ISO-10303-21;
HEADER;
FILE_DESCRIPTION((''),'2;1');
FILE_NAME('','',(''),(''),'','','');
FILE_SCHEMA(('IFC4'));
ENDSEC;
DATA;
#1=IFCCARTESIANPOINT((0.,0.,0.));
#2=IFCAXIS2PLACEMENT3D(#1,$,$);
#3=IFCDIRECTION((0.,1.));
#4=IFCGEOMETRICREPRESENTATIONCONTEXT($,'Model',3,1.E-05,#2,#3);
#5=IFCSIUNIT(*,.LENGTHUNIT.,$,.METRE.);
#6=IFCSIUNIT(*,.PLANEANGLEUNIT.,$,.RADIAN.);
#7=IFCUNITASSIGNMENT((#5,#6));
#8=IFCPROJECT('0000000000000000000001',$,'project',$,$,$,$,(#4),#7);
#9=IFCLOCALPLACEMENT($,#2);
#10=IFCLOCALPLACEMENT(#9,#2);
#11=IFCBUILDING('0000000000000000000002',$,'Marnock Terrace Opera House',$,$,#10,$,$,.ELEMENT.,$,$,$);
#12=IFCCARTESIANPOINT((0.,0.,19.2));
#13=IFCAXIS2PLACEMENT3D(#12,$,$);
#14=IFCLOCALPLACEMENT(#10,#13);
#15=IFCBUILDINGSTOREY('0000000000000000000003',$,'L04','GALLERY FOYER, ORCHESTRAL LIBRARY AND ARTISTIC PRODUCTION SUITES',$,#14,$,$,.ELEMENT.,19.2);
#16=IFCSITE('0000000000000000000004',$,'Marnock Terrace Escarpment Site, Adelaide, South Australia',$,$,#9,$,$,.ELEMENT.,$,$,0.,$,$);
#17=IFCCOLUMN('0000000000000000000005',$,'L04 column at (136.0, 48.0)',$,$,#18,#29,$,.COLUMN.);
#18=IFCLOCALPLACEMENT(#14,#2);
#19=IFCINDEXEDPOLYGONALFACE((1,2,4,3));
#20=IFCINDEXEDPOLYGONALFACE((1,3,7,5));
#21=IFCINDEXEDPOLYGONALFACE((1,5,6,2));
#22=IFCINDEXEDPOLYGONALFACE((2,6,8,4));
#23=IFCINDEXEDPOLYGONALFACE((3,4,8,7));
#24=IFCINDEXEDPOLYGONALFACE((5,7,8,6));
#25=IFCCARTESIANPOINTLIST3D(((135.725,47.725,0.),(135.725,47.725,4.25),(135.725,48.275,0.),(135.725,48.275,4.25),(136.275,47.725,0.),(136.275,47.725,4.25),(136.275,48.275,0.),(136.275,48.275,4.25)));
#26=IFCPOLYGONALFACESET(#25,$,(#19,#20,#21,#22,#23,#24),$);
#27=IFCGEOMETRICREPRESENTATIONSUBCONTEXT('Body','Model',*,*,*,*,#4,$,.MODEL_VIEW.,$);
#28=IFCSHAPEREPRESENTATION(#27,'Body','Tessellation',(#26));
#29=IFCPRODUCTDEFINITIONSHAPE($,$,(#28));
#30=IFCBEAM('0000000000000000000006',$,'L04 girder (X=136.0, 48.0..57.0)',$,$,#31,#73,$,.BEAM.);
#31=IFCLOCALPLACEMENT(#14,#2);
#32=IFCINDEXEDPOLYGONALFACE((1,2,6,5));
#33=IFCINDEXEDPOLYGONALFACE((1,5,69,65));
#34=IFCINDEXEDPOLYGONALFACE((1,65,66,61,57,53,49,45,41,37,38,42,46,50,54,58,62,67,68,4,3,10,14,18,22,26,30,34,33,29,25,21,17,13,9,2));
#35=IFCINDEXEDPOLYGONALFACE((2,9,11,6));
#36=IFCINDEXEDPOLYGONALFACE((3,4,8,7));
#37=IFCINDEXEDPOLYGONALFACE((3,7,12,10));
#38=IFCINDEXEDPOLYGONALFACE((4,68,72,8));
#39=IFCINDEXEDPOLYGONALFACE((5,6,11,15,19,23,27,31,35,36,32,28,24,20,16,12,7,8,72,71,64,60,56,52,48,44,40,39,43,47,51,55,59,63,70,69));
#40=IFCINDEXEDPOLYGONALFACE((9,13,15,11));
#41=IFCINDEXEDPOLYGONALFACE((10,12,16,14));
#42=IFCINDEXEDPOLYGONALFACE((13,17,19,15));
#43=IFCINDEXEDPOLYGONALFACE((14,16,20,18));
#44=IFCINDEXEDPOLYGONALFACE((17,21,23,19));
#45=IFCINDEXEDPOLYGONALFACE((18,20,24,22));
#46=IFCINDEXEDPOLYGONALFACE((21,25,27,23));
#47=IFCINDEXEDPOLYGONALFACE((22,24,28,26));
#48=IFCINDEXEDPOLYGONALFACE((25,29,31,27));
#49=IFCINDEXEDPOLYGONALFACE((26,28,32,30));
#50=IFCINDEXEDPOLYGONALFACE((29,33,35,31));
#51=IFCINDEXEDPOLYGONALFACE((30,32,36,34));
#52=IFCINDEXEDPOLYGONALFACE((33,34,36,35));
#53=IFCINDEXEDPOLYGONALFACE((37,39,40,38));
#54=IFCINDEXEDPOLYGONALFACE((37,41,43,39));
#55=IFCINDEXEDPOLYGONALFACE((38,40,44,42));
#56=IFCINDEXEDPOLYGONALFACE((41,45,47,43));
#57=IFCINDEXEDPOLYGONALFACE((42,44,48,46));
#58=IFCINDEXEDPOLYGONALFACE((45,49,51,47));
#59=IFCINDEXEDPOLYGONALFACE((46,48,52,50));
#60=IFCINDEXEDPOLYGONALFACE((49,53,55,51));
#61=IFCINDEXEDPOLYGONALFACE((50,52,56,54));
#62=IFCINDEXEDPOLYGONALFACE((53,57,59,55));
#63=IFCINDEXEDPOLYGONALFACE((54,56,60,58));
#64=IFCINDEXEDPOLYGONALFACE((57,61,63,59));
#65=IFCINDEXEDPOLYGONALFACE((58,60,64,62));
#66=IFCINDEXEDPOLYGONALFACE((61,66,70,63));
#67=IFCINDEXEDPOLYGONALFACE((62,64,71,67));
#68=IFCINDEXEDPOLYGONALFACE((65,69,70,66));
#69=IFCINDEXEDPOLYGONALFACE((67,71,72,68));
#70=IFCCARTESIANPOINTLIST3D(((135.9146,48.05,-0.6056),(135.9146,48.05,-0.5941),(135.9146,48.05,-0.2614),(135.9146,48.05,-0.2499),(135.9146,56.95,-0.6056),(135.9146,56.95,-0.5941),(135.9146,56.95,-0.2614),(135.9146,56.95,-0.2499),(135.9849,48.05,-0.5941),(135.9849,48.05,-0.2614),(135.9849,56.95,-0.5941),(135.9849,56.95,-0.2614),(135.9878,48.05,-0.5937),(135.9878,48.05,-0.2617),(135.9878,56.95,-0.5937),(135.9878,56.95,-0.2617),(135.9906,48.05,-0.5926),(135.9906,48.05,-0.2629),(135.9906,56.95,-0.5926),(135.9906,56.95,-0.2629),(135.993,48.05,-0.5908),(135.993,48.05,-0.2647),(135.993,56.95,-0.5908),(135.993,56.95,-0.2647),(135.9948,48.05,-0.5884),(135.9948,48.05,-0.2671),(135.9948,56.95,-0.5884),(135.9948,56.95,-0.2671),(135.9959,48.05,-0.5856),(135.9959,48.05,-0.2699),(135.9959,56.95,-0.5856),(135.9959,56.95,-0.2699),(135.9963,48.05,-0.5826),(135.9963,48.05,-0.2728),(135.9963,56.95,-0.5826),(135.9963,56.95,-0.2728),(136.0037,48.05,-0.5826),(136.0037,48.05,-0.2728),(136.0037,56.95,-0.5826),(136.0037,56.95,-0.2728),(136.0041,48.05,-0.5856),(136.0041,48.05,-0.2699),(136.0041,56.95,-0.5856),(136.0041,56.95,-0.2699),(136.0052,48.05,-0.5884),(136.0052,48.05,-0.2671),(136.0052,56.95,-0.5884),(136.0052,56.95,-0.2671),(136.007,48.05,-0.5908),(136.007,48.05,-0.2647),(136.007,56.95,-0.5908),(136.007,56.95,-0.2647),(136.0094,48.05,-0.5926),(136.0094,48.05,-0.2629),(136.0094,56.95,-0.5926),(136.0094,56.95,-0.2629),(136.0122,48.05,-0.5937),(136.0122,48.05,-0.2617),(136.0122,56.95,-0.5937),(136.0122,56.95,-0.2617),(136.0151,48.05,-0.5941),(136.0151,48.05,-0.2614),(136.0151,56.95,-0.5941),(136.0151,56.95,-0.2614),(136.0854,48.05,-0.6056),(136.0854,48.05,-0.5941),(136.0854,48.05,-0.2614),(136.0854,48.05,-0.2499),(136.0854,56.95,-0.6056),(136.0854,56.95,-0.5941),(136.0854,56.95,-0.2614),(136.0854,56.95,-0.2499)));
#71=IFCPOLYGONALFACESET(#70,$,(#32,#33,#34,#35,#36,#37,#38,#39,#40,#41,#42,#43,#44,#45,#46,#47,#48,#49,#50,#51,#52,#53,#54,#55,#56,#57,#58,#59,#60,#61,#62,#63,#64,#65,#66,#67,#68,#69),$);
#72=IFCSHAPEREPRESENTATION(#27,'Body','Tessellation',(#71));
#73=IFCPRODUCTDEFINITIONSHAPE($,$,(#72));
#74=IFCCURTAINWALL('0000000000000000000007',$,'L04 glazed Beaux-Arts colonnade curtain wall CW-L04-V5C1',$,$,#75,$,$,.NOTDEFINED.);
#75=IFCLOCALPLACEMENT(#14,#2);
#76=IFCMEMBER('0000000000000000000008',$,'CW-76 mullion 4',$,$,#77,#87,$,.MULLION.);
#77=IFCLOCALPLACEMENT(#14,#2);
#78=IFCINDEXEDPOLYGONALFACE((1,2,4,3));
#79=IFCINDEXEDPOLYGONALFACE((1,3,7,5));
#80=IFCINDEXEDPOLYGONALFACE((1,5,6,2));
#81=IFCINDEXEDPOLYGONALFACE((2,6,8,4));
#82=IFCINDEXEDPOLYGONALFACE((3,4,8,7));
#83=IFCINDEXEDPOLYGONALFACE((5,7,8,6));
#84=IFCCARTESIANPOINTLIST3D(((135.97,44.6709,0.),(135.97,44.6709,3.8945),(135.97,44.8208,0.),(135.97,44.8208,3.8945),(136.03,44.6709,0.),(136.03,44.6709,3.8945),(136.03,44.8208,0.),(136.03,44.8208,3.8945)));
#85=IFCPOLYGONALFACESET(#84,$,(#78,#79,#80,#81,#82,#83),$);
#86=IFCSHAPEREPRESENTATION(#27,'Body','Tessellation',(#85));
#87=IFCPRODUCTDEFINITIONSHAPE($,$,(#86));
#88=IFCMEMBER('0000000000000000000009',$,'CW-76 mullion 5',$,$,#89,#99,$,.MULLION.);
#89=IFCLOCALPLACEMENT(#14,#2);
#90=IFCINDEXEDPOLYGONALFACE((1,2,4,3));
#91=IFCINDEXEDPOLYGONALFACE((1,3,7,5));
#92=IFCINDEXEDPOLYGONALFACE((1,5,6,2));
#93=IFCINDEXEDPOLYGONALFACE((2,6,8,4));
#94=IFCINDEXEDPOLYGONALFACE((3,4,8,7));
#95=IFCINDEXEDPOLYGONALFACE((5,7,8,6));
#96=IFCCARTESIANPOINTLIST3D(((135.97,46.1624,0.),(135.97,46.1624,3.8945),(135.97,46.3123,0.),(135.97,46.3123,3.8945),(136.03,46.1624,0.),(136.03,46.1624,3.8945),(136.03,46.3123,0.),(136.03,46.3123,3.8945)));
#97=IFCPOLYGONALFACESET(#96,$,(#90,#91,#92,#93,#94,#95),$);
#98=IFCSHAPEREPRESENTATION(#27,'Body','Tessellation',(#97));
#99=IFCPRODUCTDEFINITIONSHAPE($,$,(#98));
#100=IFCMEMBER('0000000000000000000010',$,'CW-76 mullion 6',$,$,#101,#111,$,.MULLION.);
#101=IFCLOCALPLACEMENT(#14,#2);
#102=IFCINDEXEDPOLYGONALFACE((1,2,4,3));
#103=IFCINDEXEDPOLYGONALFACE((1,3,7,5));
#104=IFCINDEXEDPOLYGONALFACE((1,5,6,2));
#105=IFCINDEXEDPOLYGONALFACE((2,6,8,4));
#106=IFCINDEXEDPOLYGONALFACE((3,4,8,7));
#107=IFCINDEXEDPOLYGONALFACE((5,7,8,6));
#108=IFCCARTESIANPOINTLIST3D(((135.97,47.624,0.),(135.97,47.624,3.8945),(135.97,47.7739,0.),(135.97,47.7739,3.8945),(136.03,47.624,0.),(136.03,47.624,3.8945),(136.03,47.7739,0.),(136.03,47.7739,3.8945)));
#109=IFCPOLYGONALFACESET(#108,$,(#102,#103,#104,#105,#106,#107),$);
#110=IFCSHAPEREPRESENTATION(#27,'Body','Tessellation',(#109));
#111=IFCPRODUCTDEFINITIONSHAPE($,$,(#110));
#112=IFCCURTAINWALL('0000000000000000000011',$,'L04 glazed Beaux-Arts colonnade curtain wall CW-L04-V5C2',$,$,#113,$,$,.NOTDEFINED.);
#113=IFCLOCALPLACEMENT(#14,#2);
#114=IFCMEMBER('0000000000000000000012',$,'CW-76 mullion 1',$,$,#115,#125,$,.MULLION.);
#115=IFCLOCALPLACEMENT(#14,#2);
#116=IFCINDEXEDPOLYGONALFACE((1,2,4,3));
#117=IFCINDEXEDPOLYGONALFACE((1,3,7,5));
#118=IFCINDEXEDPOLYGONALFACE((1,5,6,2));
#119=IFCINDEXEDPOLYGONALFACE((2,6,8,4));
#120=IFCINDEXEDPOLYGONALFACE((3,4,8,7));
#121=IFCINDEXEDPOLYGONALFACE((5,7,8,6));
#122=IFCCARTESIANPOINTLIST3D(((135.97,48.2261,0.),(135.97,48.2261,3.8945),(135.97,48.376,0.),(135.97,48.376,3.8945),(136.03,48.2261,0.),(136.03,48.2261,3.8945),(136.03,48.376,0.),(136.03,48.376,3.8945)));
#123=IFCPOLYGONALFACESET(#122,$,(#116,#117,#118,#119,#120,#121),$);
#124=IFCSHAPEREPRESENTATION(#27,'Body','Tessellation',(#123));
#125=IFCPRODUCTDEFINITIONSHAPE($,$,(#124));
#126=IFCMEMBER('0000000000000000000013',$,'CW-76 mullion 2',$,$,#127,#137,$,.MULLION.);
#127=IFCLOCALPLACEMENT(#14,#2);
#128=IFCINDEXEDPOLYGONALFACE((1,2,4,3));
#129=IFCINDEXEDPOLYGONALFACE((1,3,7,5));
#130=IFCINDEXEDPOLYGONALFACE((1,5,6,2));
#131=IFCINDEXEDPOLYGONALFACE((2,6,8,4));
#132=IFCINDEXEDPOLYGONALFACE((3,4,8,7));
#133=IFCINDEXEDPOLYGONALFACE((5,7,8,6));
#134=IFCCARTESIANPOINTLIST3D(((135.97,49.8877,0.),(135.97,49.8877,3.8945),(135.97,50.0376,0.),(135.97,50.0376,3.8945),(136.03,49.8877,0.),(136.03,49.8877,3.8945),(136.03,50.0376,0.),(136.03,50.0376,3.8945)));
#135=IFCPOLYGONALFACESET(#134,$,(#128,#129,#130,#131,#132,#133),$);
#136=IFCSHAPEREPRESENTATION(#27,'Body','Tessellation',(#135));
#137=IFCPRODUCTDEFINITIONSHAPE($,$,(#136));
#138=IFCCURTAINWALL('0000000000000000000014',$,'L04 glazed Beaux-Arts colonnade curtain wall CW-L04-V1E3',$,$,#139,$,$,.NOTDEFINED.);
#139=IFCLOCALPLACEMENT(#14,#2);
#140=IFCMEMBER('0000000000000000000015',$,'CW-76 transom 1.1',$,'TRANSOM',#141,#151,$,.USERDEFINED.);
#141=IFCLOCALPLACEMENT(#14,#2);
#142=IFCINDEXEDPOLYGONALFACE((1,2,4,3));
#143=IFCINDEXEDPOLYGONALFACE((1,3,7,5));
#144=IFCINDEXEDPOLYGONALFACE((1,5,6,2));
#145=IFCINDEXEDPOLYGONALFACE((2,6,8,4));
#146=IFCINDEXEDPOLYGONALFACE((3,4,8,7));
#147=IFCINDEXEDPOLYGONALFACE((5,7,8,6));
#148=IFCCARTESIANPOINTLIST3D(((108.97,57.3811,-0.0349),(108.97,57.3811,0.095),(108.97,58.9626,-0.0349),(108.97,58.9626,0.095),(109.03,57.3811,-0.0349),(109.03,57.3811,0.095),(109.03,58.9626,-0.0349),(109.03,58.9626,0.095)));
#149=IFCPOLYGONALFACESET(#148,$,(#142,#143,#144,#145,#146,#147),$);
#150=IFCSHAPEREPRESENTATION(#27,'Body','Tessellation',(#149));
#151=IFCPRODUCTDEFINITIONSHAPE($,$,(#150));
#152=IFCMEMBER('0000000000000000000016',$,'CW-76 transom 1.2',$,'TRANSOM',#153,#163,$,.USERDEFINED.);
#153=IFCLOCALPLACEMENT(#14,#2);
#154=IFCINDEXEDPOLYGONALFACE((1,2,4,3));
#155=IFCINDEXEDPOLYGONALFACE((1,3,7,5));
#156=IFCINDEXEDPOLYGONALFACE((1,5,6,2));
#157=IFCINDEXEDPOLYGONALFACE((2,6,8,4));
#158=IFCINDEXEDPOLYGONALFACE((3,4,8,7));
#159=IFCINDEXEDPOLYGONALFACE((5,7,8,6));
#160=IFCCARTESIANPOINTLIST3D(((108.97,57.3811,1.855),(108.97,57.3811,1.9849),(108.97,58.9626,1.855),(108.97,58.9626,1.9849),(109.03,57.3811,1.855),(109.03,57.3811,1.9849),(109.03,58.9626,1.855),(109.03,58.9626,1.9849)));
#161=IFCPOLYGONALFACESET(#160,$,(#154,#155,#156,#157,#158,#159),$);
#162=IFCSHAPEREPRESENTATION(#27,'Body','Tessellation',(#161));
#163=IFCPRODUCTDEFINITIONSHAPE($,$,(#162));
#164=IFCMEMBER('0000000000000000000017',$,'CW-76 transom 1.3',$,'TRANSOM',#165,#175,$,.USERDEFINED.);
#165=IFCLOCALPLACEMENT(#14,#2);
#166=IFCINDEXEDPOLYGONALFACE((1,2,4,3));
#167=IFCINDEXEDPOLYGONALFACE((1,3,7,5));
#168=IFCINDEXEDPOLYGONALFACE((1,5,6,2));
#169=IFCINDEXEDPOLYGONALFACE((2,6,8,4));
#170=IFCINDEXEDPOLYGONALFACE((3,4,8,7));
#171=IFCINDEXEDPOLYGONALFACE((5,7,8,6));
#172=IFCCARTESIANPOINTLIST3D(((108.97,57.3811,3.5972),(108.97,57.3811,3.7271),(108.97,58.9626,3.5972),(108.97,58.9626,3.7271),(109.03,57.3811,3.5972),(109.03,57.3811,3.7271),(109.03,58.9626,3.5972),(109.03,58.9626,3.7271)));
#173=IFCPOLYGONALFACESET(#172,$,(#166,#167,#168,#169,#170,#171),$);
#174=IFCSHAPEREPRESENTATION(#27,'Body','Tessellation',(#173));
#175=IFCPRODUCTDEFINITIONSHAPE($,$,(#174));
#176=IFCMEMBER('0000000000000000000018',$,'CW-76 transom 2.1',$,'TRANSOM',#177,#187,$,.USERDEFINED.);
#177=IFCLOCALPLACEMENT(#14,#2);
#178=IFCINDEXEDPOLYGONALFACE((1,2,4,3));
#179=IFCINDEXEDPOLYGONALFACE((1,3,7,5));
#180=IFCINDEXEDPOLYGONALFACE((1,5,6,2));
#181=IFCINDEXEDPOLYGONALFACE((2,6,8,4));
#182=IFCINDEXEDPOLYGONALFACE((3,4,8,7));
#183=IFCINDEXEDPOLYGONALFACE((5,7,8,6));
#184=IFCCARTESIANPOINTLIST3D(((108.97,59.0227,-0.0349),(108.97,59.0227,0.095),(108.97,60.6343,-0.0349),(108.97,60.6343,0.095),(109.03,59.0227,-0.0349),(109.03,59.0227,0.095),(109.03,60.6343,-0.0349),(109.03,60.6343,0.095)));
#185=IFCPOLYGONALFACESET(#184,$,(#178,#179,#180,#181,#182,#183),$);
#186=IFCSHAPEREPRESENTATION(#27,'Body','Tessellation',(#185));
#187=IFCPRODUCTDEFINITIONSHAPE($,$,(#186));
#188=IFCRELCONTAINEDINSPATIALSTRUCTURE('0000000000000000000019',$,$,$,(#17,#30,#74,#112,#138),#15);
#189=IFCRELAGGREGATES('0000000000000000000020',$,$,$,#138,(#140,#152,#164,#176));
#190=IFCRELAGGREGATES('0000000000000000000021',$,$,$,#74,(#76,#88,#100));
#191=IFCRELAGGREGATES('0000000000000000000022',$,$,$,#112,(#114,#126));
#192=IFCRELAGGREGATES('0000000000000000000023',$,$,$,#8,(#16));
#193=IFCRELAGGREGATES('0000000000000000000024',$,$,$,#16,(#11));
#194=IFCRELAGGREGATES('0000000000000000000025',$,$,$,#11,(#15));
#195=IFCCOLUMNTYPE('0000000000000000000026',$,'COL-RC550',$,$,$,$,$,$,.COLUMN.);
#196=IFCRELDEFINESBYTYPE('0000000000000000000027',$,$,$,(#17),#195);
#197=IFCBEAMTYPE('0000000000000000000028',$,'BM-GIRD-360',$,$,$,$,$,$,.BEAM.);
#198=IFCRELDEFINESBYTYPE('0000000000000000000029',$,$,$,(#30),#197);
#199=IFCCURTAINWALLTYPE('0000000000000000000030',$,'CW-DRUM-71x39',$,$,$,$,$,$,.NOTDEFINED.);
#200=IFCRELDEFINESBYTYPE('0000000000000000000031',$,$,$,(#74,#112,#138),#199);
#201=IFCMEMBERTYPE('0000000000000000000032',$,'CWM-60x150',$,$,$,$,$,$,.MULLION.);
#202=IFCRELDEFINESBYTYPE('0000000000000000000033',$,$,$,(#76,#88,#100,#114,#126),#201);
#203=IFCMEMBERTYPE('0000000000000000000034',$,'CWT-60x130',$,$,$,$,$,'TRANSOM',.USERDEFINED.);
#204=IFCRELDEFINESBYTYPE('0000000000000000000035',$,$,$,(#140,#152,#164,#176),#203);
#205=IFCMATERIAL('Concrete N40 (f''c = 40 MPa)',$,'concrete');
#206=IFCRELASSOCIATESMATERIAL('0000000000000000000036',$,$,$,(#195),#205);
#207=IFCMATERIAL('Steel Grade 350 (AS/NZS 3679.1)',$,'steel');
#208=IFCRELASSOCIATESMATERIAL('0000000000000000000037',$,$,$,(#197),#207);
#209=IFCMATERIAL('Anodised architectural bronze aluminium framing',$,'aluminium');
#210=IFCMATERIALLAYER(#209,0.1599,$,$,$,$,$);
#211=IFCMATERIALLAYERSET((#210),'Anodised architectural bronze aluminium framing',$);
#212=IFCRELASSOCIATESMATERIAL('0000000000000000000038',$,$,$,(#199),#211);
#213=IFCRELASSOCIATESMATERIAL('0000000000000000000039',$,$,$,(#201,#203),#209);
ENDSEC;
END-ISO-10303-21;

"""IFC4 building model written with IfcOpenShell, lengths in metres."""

from ifc_helpers import new_model, si_unit, direction, frame, origin, origin_2d, place, context, subcontext, project, spatial, rectangle, i_section, extrude, material, layer, layer_set, material_profile, profile_set, type_object, element, aggregate, save


model = new_model("IFC4")

# Units and contexts
model_context = context("Model", 3, precision=1e-05, world=origin(), true_north=direction((0.0, 1.0)))
body_context = subcontext(model_context, "Body", "Model", "MODEL_VIEW")
ifc_project = project(units=[si_unit("LENGTHUNIT", "METRE"), si_unit("PLANEANGLEUNIT", "RADIAN")], contexts=[model_context])

# Site, building, storey
site_placement = place(None, origin())
site = spatial("IfcSite", under=ifc_project, at=site_placement, Name="Marnock Terrace Escarpment Site, Adelaide, South Australia", CompositionType="ELEMENT", RefElevation=0.0)
building_placement = place(site_placement, origin())
building = spatial("IfcBuilding", under=site, at=building_placement, Name="Marnock Terrace Opera House", CompositionType="ELEMENT")
storey_placement = place(building_placement, frame((0.0, 0.0, 19.2)))
storey = spatial("IfcBuildingStorey", under=building, at=storey_placement, Name="L04", Description="GALLERY FOYER, ORCHESTRAL LIBRARY AND ARTISTIC PRODUCTION SUITES", CompositionType="ELEMENT", Elevation=19.2)

# Column
ifc_material_1 = material(Name="Concrete N40 (f'c = 40 MPa)", Category="concrete")
ifc_material_profile_1 = material_profile(ifc_material_1, rectangle(XDim=0.55, YDim=0.55, at=origin_2d()))
ifc_profile_set_1 = profile_set([ifc_material_profile_1], Name="Concrete N40 (f'c = 40 MPa)")
column_type = type_object("IfcColumnType", Name="COL-RC550", PredefinedType="COLUMN", material=ifc_profile_set_1)
column_placement = place(storey_placement, frame((136.0, 48.0, 0.0), z_axis=(0.0, 0.0, 1.0), x_axis=(1.0, 0.0, 0.0)))
element("IfcColumn", 1, at=column_placement, inside=storey, type_object=column_type, Name="L04 column at (136.0, 48.0)", PredefinedType="COLUMN", context=body_context, shape_type="SweptSolid", body=[
    extrude(rectangle(XDim=0.55, YDim=0.55, at=origin_2d()), origin(), (0.0, 0.0, 1.0), 4.25),
])

# Beam
ifc_material_2 = material(Name="Steel Grade 350 (AS/NZS 3679.1)", Category="steel")
ifc_material_profile_2 = material_profile(ifc_material_2, i_section(OverallWidth=0.1709, OverallDepth=0.3557, WebThickness=0.0073, FlangeThickness=0.0115, FilletRadius=0.0115, at=origin_2d()))
ifc_profile_set_2 = profile_set([ifc_material_profile_2], Name="Steel Grade 350 (AS/NZS 3679.1)")
beam_type = type_object("IfcBeamType", Name="BM-GIRD-360", PredefinedType="BEAM", material=ifc_profile_set_2)
beam_placement = place(storey_placement, frame((136.0, 48.05, -0.4277), z_axis=(0.0, 1.0, 0.0), x_axis=(-1.0, 0.0, 0.0)))
element("IfcBeam", 2, at=beam_placement, inside=storey, type_object=beam_type, Name="L04 girder (X=136.0, 48.0..57.0)", PredefinedType="BEAM", context=body_context, shape_type="SweptSolid", body=[
    extrude(i_section(OverallWidth=0.1709, OverallDepth=0.3557, WebThickness=0.0073, FlangeThickness=0.0115, FilletRadius=0.0115, at=origin_2d()), origin(), (0.0, 0.0, 1.0), 8.8999),
])

# Curtain walls, members
ifc_material_3 = material(Name="Anodised architectural bronze aluminium framing", Category="aluminium")
ifc_layer_1 = layer(ifc_material_3, 0.1599)
ifc_layer_set_1 = layer_set([ifc_layer_1], Name="Anodised architectural bronze aluminium framing")
curtain_wall_type = type_object("IfcCurtainWallType", Name="CW-DRUM-71x39", PredefinedType="NOTDEFINED", material=ifc_layer_set_1)
curtain_wall_1_placement = place(storey_placement, origin())
curtain_wall_1 = element("IfcCurtainWall", 3, at=curtain_wall_1_placement, inside=storey, type_object=curtain_wall_type, Name="L04 glazed Beaux-Arts colonnade curtain wall CW-L04-V5C1", PredefinedType="NOTDEFINED")
ifc_material_profile_3 = material_profile(ifc_material_3, rectangle(XDim=0.0601, YDim=0.1499, at=origin_2d()))
ifc_profile_set_3 = profile_set([ifc_material_profile_3], Name="Anodised architectural bronze aluminium framing")
member_type_1 = type_object("IfcMemberType", Name="CWM-60x150", PredefinedType="MULLION", material=ifc_profile_set_3)
member_1_placement = place(storey_placement, frame((136.0, 44.7458, 0.0), z_axis=(0.0, 0.0, 1.0), x_axis=(-1.0, 0.0, 0.0)))
member_1 = element("IfcMember", 4, at=member_1_placement, type_object=member_type_1, Name="CW-76 mullion 4", PredefinedType="MULLION", context=body_context, shape_type="SweptSolid", body=[
    extrude(rectangle(XDim=0.0601, YDim=0.1499, at=origin_2d()), origin(), (0.0, 0.0, 1.0), 3.8945),
])
member_2_placement = place(storey_placement, frame((136.0, 46.2373, 0.0), z_axis=(0.0, 0.0, 1.0), x_axis=(-1.0, 0.0, 0.0)))
member_2 = element("IfcMember", 5, at=member_2_placement, type_object=member_type_1, Name="CW-76 mullion 5", PredefinedType="MULLION", context=body_context, shape_type="SweptSolid", body=[
    extrude(rectangle(XDim=0.0601, YDim=0.1499, at=origin_2d()), origin(), (0.0, 0.0, 1.0), 3.8945),
])
member_3_placement = place(storey_placement, frame((136.0, 47.699, 0.0), z_axis=(0.0, 0.0, 1.0), x_axis=(-1.0, 0.0, 0.0)))
member_3 = element("IfcMember", 6, at=member_3_placement, type_object=member_type_1, Name="CW-76 mullion 6", PredefinedType="MULLION", context=body_context, shape_type="SweptSolid", body=[
    extrude(rectangle(XDim=0.0601, YDim=0.1499, at=origin_2d()), origin(), (0.0, 0.0, 1.0), 3.8945),
])
curtain_wall_2_placement = place(storey_placement, origin())
curtain_wall_2 = element("IfcCurtainWall", 7, at=curtain_wall_2_placement, inside=storey, type_object=curtain_wall_type, Name="L04 glazed Beaux-Arts colonnade curtain wall CW-L04-V5C2", PredefinedType="NOTDEFINED")
member_4_placement = place(storey_placement, frame((136.0, 48.301, 0.0), z_axis=(0.0, 0.0, 1.0), x_axis=(-1.0, 0.0, 0.0)))
member_4 = element("IfcMember", 8, at=member_4_placement, type_object=member_type_1, Name="CW-76 mullion 1", PredefinedType="MULLION", context=body_context, shape_type="SweptSolid", body=[
    extrude(rectangle(XDim=0.0601, YDim=0.1499, at=origin_2d()), origin(), (0.0, 0.0, 1.0), 3.8945),
])
member_5_placement = place(storey_placement, frame((136.0, 49.9626, 0.0), z_axis=(0.0, 0.0, 1.0), x_axis=(-1.0, 0.0, 0.0)))
member_5 = element("IfcMember", 9, at=member_5_placement, type_object=member_type_1, Name="CW-76 mullion 2", PredefinedType="MULLION", context=body_context, shape_type="SweptSolid", body=[
    extrude(rectangle(XDim=0.0601, YDim=0.1499, at=origin_2d()), origin(), (0.0, 0.0, 1.0), 3.8945),
])
curtain_wall_3_placement = place(storey_placement, origin())
curtain_wall_3 = element("IfcCurtainWall", 10, at=curtain_wall_3_placement, inside=storey, type_object=curtain_wall_type, Name="L04 glazed Beaux-Arts colonnade curtain wall CW-L04-V1E3", PredefinedType="NOTDEFINED")
ifc_material_profile_4 = material_profile(ifc_material_3, rectangle(XDim=0.0601, YDim=0.1299, at=origin_2d()))
ifc_profile_set_4 = profile_set([ifc_material_profile_4], Name="Anodised architectural bronze aluminium framing")
member_type_2 = type_object("IfcMemberType", Name="CWT-60x130", ElementType="TRANSOM", PredefinedType="USERDEFINED", material=ifc_profile_set_4)
member_6_placement = place(storey_placement, frame((109.0, 57.3811, 0.03), z_axis=(0.0, 1.0, 0.0), x_axis=(-1.0, 0.0, 0.0)))
member_6 = element("IfcMember", 11, at=member_6_placement, type_object=member_type_2, Name="CW-76 transom 1.1", ObjectType="TRANSOM", PredefinedType="USERDEFINED", context=body_context, shape_type="SweptSolid", body=[
    extrude(rectangle(XDim=0.0601, YDim=0.1299, at=origin_2d()), origin(), (0.0, 0.0, 1.0), 1.5815),
])
member_7_placement = place(storey_placement, frame((109.0, 57.3811, 1.9199), z_axis=(0.0, 1.0, 0.0), x_axis=(-1.0, 0.0, 0.0)))
member_7 = element("IfcMember", 12, at=member_7_placement, type_object=member_type_2, Name="CW-76 transom 1.2", ObjectType="TRANSOM", PredefinedType="USERDEFINED", context=body_context, shape_type="SweptSolid", body=[
    extrude(rectangle(XDim=0.0601, YDim=0.1299, at=origin_2d()), origin(), (0.0, 0.0, 1.0), 1.5815),
])
member_8_placement = place(storey_placement, frame((109.0, 57.3811, 3.6621), z_axis=(0.0, 1.0, 0.0), x_axis=(-1.0, 0.0, 0.0)))
member_8 = element("IfcMember", 13, at=member_8_placement, type_object=member_type_2, Name="CW-76 transom 1.3", ObjectType="TRANSOM", PredefinedType="USERDEFINED", context=body_context, shape_type="SweptSolid", body=[
    extrude(rectangle(XDim=0.0601, YDim=0.1299, at=origin_2d()), origin(), (0.0, 0.0, 1.0), 1.5815),
])
member_9_placement = place(storey_placement, frame((109.0, 59.0227, 0.03), z_axis=(0.0, 1.0, 0.0), x_axis=(-1.0, 0.0, 0.0)))
member_9 = element("IfcMember", 14, at=member_9_placement, type_object=member_type_2, Name="CW-76 transom 2.1", ObjectType="TRANSOM", PredefinedType="USERDEFINED", context=body_context, shape_type="SweptSolid", body=[
    extrude(rectangle(XDim=0.0601, YDim=0.1299, at=origin_2d()), origin(), (0.0, 0.0, 1.0), 1.6116),
])

aggregate(curtain_wall_3, [member_6, member_7, member_8, member_9])
aggregate(curtain_wall_1, [member_1, member_2, member_3])
aggregate(curtain_wall_2, [member_4, member_5])

save(model, "model.ifc")
